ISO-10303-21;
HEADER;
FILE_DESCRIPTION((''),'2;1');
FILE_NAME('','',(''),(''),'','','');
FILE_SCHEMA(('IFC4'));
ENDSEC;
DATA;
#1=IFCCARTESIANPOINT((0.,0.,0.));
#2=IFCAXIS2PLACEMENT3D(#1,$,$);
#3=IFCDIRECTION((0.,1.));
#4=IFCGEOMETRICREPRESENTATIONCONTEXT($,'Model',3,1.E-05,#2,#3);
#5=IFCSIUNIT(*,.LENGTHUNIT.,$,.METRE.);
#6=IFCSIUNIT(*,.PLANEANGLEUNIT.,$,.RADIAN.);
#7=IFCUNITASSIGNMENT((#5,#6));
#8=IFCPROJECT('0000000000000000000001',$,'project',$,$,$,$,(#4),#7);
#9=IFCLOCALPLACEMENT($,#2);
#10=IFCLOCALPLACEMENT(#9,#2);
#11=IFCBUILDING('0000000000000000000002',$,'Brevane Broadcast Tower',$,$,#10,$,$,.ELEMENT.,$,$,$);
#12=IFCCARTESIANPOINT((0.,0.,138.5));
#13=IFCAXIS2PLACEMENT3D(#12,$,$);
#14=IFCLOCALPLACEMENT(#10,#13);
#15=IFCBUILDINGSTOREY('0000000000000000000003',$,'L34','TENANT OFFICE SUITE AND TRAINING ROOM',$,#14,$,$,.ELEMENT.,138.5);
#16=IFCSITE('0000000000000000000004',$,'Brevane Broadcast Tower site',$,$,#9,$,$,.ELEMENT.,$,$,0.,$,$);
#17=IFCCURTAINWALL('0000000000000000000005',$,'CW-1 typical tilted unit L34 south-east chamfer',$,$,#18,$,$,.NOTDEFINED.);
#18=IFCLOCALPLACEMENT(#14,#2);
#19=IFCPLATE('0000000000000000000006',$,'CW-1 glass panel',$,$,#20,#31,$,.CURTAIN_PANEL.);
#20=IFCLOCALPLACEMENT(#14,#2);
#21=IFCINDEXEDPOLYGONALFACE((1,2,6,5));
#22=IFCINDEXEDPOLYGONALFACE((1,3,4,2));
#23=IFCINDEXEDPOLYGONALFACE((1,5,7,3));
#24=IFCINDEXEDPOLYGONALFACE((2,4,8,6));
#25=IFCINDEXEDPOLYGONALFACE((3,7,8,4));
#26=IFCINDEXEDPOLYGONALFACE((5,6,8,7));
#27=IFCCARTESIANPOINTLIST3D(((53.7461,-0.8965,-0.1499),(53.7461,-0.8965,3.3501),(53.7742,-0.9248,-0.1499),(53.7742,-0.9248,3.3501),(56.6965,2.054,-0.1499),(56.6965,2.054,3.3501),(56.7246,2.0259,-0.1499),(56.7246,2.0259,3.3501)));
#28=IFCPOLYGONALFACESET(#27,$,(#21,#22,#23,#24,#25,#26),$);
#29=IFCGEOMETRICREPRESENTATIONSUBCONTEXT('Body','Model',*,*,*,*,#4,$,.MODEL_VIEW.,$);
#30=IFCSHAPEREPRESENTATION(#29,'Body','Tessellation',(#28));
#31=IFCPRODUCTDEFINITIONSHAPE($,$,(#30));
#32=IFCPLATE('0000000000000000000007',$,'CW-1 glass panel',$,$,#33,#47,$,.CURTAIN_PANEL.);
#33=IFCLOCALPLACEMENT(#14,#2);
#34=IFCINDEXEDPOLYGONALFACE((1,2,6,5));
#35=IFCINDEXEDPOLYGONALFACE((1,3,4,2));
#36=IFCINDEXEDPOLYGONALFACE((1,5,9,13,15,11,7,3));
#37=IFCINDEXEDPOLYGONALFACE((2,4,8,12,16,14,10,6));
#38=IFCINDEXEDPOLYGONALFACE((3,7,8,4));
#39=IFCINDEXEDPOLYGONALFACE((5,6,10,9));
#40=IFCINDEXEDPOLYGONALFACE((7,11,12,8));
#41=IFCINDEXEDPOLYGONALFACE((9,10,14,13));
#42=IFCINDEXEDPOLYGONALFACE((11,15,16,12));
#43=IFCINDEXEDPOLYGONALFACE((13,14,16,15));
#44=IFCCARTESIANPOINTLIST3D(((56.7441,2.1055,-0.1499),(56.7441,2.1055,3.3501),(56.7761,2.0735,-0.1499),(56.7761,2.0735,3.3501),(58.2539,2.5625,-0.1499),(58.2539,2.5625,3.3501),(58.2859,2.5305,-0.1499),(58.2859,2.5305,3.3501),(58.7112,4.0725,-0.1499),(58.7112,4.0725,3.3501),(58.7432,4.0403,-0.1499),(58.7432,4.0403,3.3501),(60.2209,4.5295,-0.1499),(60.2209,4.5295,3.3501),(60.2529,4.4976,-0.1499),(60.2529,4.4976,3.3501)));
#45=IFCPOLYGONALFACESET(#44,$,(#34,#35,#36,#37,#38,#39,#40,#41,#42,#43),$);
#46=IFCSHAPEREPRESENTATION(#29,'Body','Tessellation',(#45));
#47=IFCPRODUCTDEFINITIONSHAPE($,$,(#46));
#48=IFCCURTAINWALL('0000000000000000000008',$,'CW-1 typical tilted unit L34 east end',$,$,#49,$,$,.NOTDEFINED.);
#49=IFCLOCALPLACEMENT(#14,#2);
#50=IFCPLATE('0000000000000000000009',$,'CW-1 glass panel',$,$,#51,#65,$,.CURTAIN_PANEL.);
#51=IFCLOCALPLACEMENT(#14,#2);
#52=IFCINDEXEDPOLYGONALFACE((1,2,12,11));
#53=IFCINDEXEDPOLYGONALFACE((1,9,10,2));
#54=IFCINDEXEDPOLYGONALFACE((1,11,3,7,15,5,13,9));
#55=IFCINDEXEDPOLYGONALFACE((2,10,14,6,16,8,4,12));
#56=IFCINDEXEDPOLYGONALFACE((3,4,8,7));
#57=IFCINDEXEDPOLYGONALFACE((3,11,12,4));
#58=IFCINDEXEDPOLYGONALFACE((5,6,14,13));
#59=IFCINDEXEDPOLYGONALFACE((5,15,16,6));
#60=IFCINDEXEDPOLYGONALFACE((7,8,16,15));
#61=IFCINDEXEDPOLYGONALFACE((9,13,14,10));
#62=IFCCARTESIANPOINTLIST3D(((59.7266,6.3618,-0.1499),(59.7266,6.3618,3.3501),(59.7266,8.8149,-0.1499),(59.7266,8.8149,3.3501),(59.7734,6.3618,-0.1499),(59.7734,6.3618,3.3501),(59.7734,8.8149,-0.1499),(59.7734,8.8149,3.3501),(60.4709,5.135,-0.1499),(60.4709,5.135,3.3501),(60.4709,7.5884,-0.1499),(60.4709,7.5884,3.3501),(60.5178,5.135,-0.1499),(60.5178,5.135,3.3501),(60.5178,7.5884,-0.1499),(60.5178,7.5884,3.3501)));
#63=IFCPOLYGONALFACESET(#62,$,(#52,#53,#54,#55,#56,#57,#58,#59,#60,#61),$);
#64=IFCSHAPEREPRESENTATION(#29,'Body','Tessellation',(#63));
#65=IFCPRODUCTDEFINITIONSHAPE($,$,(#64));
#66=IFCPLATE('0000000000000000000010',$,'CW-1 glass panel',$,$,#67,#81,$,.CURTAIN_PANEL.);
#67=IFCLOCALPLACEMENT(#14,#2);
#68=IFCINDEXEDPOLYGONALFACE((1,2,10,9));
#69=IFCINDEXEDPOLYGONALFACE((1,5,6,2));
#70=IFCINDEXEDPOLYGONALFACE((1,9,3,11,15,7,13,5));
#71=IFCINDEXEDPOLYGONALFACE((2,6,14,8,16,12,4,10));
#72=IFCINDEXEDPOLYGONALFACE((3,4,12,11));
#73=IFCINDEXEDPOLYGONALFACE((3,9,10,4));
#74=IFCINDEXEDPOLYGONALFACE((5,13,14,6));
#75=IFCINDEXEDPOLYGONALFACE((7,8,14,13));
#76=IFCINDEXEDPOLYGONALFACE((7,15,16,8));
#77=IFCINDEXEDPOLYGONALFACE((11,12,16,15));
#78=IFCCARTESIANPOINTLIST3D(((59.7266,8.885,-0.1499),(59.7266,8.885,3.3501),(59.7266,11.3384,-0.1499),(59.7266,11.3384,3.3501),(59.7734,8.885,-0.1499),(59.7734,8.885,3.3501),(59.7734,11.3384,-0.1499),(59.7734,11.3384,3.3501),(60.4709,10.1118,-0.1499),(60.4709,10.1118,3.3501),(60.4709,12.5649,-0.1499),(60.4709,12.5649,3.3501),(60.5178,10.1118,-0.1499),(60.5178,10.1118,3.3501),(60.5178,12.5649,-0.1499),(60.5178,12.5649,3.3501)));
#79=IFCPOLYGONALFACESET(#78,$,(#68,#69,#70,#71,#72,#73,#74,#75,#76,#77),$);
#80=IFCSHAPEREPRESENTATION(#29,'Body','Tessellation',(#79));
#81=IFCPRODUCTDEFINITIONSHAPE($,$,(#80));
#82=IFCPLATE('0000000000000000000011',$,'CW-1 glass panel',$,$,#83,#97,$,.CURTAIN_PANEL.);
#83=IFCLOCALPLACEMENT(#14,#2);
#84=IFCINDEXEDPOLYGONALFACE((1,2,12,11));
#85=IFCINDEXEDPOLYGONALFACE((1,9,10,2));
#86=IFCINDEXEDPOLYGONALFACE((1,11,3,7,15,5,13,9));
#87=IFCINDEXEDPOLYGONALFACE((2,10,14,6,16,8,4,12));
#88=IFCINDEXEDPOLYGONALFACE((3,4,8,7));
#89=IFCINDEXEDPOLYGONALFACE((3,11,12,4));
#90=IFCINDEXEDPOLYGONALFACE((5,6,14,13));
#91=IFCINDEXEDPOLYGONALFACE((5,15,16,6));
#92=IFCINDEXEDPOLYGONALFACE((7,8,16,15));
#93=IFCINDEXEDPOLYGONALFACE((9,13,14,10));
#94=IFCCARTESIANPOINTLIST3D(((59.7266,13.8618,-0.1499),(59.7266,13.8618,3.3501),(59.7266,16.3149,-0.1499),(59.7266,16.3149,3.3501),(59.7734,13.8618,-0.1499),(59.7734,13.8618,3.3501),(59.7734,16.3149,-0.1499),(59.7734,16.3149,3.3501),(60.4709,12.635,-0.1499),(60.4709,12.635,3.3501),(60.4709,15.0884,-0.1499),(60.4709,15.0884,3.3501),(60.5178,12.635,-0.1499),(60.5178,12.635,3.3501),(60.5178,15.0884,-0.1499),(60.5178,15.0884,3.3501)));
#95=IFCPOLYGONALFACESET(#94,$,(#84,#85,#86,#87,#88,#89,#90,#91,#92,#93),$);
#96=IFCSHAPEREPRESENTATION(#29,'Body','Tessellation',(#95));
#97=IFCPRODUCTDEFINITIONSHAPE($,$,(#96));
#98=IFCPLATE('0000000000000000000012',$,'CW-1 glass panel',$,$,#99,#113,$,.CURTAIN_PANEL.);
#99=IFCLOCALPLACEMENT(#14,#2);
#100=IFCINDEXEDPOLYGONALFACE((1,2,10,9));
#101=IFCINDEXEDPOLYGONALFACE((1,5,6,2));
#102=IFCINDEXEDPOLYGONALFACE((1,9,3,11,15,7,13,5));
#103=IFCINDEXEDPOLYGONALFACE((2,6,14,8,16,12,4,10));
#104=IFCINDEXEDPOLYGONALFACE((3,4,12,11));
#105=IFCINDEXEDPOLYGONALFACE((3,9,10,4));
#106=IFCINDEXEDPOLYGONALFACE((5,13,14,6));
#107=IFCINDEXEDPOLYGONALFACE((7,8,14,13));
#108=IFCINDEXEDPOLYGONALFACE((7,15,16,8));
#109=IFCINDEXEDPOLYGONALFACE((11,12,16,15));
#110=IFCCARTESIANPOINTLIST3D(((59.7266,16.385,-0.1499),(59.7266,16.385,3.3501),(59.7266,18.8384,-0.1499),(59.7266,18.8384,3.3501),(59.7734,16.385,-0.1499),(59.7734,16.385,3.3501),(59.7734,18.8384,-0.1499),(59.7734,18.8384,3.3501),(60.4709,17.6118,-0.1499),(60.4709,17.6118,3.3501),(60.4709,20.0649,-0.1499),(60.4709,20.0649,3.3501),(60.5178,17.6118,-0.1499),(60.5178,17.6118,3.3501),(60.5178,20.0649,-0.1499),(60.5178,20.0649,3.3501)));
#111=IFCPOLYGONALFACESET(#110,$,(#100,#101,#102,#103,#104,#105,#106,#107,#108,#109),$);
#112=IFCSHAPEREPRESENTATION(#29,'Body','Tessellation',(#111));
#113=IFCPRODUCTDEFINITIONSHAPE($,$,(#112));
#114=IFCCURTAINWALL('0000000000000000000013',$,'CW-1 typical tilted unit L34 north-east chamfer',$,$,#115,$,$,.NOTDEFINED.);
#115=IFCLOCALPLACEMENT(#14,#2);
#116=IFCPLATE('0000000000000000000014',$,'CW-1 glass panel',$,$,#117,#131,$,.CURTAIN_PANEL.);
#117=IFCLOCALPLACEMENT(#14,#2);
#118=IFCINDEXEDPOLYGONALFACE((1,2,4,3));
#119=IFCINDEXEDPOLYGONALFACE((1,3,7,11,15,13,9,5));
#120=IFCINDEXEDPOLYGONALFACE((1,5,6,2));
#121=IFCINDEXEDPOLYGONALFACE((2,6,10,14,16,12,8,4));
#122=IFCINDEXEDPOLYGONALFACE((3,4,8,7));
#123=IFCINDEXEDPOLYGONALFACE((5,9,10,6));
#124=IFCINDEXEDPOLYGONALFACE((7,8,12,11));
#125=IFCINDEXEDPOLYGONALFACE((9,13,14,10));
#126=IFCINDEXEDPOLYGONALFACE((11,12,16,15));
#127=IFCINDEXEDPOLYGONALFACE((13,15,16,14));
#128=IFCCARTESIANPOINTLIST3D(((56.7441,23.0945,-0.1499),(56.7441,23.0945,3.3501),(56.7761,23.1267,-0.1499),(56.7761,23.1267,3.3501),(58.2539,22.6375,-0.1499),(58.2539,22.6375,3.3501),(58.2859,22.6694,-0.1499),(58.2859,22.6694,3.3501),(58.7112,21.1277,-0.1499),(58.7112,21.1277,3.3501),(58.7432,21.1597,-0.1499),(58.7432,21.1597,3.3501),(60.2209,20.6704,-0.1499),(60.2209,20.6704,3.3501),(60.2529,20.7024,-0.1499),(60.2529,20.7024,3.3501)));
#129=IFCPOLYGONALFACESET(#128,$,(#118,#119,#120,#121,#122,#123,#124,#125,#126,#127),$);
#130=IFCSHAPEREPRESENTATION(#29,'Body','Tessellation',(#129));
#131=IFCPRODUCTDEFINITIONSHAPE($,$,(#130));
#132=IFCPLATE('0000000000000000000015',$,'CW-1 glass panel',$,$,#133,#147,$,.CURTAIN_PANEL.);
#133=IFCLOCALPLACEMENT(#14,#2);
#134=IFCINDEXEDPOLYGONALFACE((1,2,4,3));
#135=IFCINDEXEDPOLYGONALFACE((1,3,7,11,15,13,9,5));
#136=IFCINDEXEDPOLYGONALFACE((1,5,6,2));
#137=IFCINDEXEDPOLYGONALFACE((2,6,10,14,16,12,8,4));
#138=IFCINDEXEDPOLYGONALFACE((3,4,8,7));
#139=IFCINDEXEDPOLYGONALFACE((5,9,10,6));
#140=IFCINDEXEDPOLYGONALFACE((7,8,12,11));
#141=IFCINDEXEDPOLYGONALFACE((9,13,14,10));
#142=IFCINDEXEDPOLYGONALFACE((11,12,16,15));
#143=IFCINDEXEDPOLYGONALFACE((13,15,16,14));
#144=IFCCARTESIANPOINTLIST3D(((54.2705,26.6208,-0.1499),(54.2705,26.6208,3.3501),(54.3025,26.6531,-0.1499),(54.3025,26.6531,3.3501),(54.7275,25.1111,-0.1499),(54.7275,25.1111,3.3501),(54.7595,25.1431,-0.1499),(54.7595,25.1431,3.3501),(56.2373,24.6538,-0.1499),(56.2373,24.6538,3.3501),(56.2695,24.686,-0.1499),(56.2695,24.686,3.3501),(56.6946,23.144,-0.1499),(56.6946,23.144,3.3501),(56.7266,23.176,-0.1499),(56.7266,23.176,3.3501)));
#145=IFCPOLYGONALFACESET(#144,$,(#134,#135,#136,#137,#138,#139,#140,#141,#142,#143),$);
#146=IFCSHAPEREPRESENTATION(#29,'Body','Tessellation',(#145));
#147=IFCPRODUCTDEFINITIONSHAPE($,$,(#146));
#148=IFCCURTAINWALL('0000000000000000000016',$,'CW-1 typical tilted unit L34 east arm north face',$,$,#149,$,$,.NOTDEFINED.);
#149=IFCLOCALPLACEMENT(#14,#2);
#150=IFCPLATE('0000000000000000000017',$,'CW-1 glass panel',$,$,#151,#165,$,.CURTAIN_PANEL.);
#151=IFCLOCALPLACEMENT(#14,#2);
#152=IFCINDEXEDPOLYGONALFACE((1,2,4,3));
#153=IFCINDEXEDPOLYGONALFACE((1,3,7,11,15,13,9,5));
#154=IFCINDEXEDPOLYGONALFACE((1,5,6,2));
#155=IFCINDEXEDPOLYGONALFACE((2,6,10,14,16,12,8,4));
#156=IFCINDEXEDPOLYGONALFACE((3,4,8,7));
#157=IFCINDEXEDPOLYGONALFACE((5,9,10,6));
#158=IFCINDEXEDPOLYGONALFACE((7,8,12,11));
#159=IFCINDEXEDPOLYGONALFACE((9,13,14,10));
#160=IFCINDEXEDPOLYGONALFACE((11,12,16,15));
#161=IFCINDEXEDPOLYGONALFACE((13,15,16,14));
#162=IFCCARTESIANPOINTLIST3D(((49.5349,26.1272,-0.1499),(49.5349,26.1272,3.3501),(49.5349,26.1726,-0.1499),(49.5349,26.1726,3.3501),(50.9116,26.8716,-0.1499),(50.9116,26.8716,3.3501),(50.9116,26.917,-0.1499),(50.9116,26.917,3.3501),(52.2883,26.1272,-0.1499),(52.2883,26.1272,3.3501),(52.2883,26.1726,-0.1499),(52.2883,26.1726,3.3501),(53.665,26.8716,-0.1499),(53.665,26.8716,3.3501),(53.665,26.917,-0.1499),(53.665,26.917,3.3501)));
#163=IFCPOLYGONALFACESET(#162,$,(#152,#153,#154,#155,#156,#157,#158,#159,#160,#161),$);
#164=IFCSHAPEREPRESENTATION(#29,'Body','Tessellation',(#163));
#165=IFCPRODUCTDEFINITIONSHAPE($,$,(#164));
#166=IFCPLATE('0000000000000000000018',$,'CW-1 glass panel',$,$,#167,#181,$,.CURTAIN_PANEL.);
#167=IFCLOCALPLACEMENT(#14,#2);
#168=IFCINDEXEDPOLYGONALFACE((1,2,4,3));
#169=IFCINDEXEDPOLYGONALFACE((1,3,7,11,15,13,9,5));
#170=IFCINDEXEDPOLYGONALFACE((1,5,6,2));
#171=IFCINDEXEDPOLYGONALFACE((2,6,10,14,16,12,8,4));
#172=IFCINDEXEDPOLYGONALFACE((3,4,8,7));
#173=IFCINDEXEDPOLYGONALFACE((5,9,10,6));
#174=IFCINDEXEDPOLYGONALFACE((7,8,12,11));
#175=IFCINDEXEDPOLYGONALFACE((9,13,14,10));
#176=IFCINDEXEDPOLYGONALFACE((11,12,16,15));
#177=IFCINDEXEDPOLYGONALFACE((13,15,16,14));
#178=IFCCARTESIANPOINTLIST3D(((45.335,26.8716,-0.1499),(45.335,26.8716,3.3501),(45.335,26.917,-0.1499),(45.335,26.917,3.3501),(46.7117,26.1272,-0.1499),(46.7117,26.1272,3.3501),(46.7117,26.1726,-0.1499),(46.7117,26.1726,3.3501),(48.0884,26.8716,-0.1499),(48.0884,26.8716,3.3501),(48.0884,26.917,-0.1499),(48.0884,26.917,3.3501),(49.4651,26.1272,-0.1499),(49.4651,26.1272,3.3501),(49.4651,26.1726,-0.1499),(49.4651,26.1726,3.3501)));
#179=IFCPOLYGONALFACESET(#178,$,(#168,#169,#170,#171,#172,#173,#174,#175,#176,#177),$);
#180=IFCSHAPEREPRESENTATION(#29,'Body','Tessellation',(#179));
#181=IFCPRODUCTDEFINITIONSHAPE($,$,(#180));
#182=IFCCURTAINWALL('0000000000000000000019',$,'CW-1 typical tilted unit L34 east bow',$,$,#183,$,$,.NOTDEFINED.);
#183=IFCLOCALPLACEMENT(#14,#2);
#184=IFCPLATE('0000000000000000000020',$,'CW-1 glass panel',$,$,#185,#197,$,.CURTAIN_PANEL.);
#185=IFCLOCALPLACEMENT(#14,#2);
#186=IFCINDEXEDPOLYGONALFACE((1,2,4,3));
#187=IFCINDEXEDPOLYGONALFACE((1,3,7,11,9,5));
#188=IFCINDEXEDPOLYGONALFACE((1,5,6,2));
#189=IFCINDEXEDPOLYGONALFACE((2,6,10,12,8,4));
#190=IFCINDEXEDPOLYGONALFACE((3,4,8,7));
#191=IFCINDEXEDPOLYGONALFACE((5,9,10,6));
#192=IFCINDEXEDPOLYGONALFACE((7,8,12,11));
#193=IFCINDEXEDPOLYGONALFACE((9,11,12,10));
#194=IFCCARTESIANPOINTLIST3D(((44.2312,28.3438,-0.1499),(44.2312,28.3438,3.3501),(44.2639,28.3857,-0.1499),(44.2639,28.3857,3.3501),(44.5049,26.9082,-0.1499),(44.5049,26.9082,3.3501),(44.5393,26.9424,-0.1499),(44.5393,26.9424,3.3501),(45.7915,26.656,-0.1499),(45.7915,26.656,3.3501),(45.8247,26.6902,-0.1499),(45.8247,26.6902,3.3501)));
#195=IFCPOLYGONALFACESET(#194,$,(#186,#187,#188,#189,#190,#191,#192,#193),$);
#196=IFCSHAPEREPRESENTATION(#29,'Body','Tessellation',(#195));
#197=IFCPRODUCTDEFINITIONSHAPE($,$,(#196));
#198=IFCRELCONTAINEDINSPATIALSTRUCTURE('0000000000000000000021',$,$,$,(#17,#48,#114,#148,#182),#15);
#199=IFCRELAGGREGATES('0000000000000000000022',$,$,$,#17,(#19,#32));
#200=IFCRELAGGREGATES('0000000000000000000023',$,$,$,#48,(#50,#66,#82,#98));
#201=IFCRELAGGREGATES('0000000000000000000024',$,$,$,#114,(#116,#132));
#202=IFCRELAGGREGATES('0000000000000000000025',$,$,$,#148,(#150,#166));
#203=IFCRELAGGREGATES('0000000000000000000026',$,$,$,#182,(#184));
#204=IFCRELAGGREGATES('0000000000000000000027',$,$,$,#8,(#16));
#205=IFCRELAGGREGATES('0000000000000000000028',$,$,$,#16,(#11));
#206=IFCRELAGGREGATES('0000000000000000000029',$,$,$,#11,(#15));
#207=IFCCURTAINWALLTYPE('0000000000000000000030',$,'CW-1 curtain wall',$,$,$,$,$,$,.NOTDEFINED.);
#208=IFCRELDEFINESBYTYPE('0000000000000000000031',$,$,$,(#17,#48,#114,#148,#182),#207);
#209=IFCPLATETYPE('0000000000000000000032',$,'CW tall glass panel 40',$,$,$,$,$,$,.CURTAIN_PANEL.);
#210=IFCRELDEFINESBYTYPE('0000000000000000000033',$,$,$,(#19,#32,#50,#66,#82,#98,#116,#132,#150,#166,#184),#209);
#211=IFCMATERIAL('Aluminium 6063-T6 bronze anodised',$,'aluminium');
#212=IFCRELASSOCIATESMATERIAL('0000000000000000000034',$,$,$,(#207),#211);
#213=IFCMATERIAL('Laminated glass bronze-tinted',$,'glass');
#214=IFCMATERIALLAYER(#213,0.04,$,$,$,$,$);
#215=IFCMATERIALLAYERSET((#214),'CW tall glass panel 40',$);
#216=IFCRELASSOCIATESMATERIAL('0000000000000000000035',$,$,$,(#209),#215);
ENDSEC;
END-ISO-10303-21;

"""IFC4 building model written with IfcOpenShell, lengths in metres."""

from ifc_helpers import new_model, si_unit, direction, frame, origin, place, context, subcontext, project, spatial, polyline, outline, extrude, material, layer, layer_set, type_object, element, aggregate, save


model = new_model("IFC4")

# Units and contexts
model_context = context("Model", 3, precision=1e-05, world=origin(), true_north=direction((0.0, 1.0)))
body_context = subcontext(model_context, "Body", "Model", "MODEL_VIEW")
ifc_project = project(units=[si_unit("LENGTHUNIT", "METRE"), si_unit("PLANEANGLEUNIT", "RADIAN")], contexts=[model_context])

# Site, building, storey
site_placement = place(None, origin())
site = spatial("IfcSite", under=ifc_project, at=site_placement, Name="Brevane Broadcast Tower site", CompositionType="ELEMENT", RefElevation=0.0)
building_placement = place(site_placement, origin())
building = spatial("IfcBuilding", under=site, at=building_placement, Name="Brevane Broadcast Tower", CompositionType="ELEMENT")
storey_placement = place(building_placement, frame((0.0, 0.0, 138.5)))
storey = spatial("IfcBuildingStorey", under=building, at=storey_placement, Name="L34", Description="TENANT OFFICE SUITE AND TRAINING ROOM", CompositionType="ELEMENT", Elevation=138.5)

# Curtain walls, plates
ifc_material_1 = material(Name="Aluminium 6063-T6 bronze anodised", Category="aluminium")
curtain_wall_type = type_object("IfcCurtainWallType", Name="CW-1 curtain wall", PredefinedType="NOTDEFINED", material=ifc_material_1)
ifc_material_2 = material(Name="Laminated glass bronze-tinted", Category="glass")
ifc_layer = layer(ifc_material_2, 0.04)
ifc_layer_set = layer_set([ifc_layer], Name="CW tall glass panel 40")
plate_type = type_object("IfcPlateType", Name="CW tall glass panel 40", PredefinedType="CURTAIN_PANEL", material=ifc_layer_set)
curtain_wall_1_placement = place(storey_placement, origin())
curtain_wall_1 = element("IfcCurtainWall", 1, at=curtain_wall_1_placement, inside=storey, type_object=curtain_wall_type, Name="CW-1 typical tilted unit L34 south-east chamfer", PredefinedType="NOTDEFINED")
plate_1_placement = place(storey_placement, frame((0.0, 0.0, -0.1499)))
plate_1 = element("IfcPlate", 2, at=plate_1_placement, type_object=plate_type, Name="CW-1 glass panel", PredefinedType="CURTAIN_PANEL", context=body_context, shape_type="SweptSolid", body=[
    extrude(outline(polyline([(53.7461, -0.8965), (56.6965, 2.054), (56.7246, 2.0259), (53.7742, -0.9248), (53.7461, -0.8965)])), origin(), (0.0, 0.0, 1.0), 3.5),
])
plate_2_placement = place(storey_placement, frame((0.0, 0.0, -0.1499)))
plate_2 = element("IfcPlate", 3, at=plate_2_placement, type_object=plate_type, Name="CW-1 glass panel", PredefinedType="CURTAIN_PANEL", context=body_context, shape_type="SweptSolid", body=[
    extrude(outline(polyline([(56.7441, 2.1055), (56.7761, 2.0735), (58.2859, 2.5305), (58.7432, 4.0403), (60.2529, 4.4976), (60.2209, 4.5295), (58.7112, 4.0725), (58.2539, 2.5625), (56.7441, 2.1055)])), origin(), (0.0, 0.0, 1.0), 3.5),
])
aggregate(curtain_wall_1, [plate_1, plate_2])
curtain_wall_2_placement = place(storey_placement, origin())
curtain_wall_2 = element("IfcCurtainWall", 4, at=curtain_wall_2_placement, inside=storey, type_object=curtain_wall_type, Name="CW-1 typical tilted unit L34 east end", PredefinedType="NOTDEFINED")
plate_3_placement = place(storey_placement, frame((0.0, 0.0, -0.1499)))
plate_3 = element("IfcPlate", 5, at=plate_3_placement, type_object=plate_type, Name="CW-1 glass panel", PredefinedType="CURTAIN_PANEL", context=body_context, shape_type="SweptSolid", body=[
    extrude(outline(polyline([(60.4709, 5.135), (60.5178, 5.135), (59.7734, 6.3618), (60.5178, 7.5884), (59.7734, 8.8149), (59.7266, 8.8149), (60.4709, 7.5884), (59.7266, 6.3618), (60.4709, 5.135)])), origin(), (0.0, 0.0, 1.0), 3.5),
])
plate_4_placement = place(storey_placement, frame((0.0, 0.0, -0.1499)))
plate_4 = element("IfcPlate", 6, at=plate_4_placement, type_object=plate_type, Name="CW-1 glass panel", PredefinedType="CURTAIN_PANEL", context=body_context, shape_type="SweptSolid", body=[
    extrude(outline(polyline([(59.7266, 8.885), (59.7734, 8.885), (60.5178, 10.1118), (59.7734, 11.3384), (60.5178, 12.5649), (60.4709, 12.5649), (59.7266, 11.3384), (60.4709, 10.1118), (59.7266, 8.885)])), origin(), (0.0, 0.0, 1.0), 3.5),
])
plate_5_placement = place(storey_placement, frame((0.0, 0.0, -0.1499)))
plate_5 = element("IfcPlate", 7, at=plate_5_placement, type_object=plate_type, Name="CW-1 glass panel", PredefinedType="CURTAIN_PANEL", context=body_context, shape_type="SweptSolid", body=[
    extrude(outline(polyline([(60.4709, 12.635), (60.5178, 12.635), (59.7734, 13.8618), (60.5178, 15.0884), (59.7734, 16.3149), (59.7266, 16.3149), (60.4709, 15.0884), (59.7266, 13.8618), (60.4709, 12.635)])), origin(), (0.0, 0.0, 1.0), 3.5),
])
plate_6_placement = place(storey_placement, frame((0.0, 0.0, -0.1499)))
plate_6 = element("IfcPlate", 8, at=plate_6_placement, type_object=plate_type, Name="CW-1 glass panel", PredefinedType="CURTAIN_PANEL", context=body_context, shape_type="SweptSolid", body=[
    extrude(outline(polyline([(59.7266, 16.385), (59.7734, 16.385), (60.5178, 17.6118), (59.7734, 18.8384), (60.5178, 20.0649), (60.4709, 20.0649), (59.7266, 18.8384), (60.4709, 17.6118), (59.7266, 16.385)])), origin(), (0.0, 0.0, 1.0), 3.5),
])
aggregate(curtain_wall_2, [plate_3, plate_4, plate_5, plate_6])
curtain_wall_3_placement = place(storey_placement, origin())
curtain_wall_3 = element("IfcCurtainWall", 9, at=curtain_wall_3_placement, inside=storey, type_object=curtain_wall_type, Name="CW-1 typical tilted unit L34 north-east chamfer", PredefinedType="NOTDEFINED")
plate_7_placement = place(storey_placement, frame((0.0, 0.0, -0.1499)))
plate_7 = element("IfcPlate", 10, at=plate_7_placement, type_object=plate_type, Name="CW-1 glass panel", PredefinedType="CURTAIN_PANEL", context=body_context, shape_type="SweptSolid", body=[
    extrude(outline(polyline([(60.2209, 20.6704), (60.2529, 20.7024), (58.7432, 21.1597), (58.2859, 22.6694), (56.7761, 23.1267), (56.7441, 23.0945), (58.2539, 22.6375), (58.7112, 21.1277), (60.2209, 20.6704)])), origin(), (0.0, 0.0, 1.0), 3.5),
])
plate_8_placement = place(storey_placement, frame((0.0, 0.0, -0.1499)))
plate_8 = element("IfcPlate", 11, at=plate_8_placement, type_object=plate_type, Name="CW-1 glass panel", PredefinedType="CURTAIN_PANEL", context=body_context, shape_type="SweptSolid", body=[
    extrude(outline(polyline([(56.6946, 23.144), (56.7266, 23.176), (56.2695, 24.686), (54.7595, 25.1431), (54.3025, 26.6531), (54.2705, 26.6208), (54.7275, 25.1111), (56.2373, 24.6538), (56.6946, 23.144)])), origin(), (0.0, 0.0, 1.0), 3.5),
])
aggregate(curtain_wall_3, [plate_7, plate_8])
curtain_wall_4_placement = place(storey_placement, origin())
curtain_wall_4 = element("IfcCurtainWall", 12, at=curtain_wall_4_placement, inside=storey, type_object=curtain_wall_type, Name="CW-1 typical tilted unit L34 east arm north face", PredefinedType="NOTDEFINED")
plate_9_placement = place(storey_placement, frame((0.0, 0.0, -0.1499)))
plate_9 = element("IfcPlate", 13, at=plate_9_placement, type_object=plate_type, Name="CW-1 glass panel", PredefinedType="CURTAIN_PANEL", context=body_context, shape_type="SweptSolid", body=[
    extrude(outline(polyline([(53.665, 26.8716), (53.665, 26.917), (52.2883, 26.1726), (50.9116, 26.917), (49.5349, 26.1726), (49.5349, 26.1272), (50.9116, 26.8716), (52.2883, 26.1272), (53.665, 26.8716)])), origin(), (0.0, 0.0, 1.0), 3.5),
])
plate_10_placement = place(storey_placement, frame((0.0, 0.0, -0.1499)))
plate_10 = element("IfcPlate", 14, at=plate_10_placement, type_object=plate_type, Name="CW-1 glass panel", PredefinedType="CURTAIN_PANEL", context=body_context, shape_type="SweptSolid", body=[
    extrude(outline(polyline([(49.4651, 26.1272), (49.4651, 26.1726), (48.0884, 26.917), (46.7117, 26.1726), (45.335, 26.917), (45.335, 26.8716), (46.7117, 26.1272), (48.0884, 26.8716), (49.4651, 26.1272)])), origin(), (0.0, 0.0, 1.0), 3.5),
])
aggregate(curtain_wall_4, [plate_9, plate_10])
curtain_wall_5_placement = place(storey_placement, origin())
curtain_wall_5 = element("IfcCurtainWall", 15, at=curtain_wall_5_placement, inside=storey, type_object=curtain_wall_type, Name="CW-1 typical tilted unit L34 east bow", PredefinedType="NOTDEFINED")
plate_11_placement = place(storey_placement, frame((0.0, 0.0, -0.1499)))
plate_11 = element("IfcPlate", 16, at=plate_11_placement, type_object=plate_type, Name="CW-1 glass panel", PredefinedType="CURTAIN_PANEL", context=body_context, shape_type="SweptSolid", body=[
    extrude(outline(polyline([(45.7915, 26.656), (45.8247, 26.6902), (44.5393, 26.9424), (44.2639, 28.3857), (44.2312, 28.3438), (44.5049, 26.9082), (45.7915, 26.656)])), origin(), (0.0, 0.0, 1.0), 3.5),
])
aggregate(curtain_wall_5, [plate_11])

save(model, "model.ifc")
